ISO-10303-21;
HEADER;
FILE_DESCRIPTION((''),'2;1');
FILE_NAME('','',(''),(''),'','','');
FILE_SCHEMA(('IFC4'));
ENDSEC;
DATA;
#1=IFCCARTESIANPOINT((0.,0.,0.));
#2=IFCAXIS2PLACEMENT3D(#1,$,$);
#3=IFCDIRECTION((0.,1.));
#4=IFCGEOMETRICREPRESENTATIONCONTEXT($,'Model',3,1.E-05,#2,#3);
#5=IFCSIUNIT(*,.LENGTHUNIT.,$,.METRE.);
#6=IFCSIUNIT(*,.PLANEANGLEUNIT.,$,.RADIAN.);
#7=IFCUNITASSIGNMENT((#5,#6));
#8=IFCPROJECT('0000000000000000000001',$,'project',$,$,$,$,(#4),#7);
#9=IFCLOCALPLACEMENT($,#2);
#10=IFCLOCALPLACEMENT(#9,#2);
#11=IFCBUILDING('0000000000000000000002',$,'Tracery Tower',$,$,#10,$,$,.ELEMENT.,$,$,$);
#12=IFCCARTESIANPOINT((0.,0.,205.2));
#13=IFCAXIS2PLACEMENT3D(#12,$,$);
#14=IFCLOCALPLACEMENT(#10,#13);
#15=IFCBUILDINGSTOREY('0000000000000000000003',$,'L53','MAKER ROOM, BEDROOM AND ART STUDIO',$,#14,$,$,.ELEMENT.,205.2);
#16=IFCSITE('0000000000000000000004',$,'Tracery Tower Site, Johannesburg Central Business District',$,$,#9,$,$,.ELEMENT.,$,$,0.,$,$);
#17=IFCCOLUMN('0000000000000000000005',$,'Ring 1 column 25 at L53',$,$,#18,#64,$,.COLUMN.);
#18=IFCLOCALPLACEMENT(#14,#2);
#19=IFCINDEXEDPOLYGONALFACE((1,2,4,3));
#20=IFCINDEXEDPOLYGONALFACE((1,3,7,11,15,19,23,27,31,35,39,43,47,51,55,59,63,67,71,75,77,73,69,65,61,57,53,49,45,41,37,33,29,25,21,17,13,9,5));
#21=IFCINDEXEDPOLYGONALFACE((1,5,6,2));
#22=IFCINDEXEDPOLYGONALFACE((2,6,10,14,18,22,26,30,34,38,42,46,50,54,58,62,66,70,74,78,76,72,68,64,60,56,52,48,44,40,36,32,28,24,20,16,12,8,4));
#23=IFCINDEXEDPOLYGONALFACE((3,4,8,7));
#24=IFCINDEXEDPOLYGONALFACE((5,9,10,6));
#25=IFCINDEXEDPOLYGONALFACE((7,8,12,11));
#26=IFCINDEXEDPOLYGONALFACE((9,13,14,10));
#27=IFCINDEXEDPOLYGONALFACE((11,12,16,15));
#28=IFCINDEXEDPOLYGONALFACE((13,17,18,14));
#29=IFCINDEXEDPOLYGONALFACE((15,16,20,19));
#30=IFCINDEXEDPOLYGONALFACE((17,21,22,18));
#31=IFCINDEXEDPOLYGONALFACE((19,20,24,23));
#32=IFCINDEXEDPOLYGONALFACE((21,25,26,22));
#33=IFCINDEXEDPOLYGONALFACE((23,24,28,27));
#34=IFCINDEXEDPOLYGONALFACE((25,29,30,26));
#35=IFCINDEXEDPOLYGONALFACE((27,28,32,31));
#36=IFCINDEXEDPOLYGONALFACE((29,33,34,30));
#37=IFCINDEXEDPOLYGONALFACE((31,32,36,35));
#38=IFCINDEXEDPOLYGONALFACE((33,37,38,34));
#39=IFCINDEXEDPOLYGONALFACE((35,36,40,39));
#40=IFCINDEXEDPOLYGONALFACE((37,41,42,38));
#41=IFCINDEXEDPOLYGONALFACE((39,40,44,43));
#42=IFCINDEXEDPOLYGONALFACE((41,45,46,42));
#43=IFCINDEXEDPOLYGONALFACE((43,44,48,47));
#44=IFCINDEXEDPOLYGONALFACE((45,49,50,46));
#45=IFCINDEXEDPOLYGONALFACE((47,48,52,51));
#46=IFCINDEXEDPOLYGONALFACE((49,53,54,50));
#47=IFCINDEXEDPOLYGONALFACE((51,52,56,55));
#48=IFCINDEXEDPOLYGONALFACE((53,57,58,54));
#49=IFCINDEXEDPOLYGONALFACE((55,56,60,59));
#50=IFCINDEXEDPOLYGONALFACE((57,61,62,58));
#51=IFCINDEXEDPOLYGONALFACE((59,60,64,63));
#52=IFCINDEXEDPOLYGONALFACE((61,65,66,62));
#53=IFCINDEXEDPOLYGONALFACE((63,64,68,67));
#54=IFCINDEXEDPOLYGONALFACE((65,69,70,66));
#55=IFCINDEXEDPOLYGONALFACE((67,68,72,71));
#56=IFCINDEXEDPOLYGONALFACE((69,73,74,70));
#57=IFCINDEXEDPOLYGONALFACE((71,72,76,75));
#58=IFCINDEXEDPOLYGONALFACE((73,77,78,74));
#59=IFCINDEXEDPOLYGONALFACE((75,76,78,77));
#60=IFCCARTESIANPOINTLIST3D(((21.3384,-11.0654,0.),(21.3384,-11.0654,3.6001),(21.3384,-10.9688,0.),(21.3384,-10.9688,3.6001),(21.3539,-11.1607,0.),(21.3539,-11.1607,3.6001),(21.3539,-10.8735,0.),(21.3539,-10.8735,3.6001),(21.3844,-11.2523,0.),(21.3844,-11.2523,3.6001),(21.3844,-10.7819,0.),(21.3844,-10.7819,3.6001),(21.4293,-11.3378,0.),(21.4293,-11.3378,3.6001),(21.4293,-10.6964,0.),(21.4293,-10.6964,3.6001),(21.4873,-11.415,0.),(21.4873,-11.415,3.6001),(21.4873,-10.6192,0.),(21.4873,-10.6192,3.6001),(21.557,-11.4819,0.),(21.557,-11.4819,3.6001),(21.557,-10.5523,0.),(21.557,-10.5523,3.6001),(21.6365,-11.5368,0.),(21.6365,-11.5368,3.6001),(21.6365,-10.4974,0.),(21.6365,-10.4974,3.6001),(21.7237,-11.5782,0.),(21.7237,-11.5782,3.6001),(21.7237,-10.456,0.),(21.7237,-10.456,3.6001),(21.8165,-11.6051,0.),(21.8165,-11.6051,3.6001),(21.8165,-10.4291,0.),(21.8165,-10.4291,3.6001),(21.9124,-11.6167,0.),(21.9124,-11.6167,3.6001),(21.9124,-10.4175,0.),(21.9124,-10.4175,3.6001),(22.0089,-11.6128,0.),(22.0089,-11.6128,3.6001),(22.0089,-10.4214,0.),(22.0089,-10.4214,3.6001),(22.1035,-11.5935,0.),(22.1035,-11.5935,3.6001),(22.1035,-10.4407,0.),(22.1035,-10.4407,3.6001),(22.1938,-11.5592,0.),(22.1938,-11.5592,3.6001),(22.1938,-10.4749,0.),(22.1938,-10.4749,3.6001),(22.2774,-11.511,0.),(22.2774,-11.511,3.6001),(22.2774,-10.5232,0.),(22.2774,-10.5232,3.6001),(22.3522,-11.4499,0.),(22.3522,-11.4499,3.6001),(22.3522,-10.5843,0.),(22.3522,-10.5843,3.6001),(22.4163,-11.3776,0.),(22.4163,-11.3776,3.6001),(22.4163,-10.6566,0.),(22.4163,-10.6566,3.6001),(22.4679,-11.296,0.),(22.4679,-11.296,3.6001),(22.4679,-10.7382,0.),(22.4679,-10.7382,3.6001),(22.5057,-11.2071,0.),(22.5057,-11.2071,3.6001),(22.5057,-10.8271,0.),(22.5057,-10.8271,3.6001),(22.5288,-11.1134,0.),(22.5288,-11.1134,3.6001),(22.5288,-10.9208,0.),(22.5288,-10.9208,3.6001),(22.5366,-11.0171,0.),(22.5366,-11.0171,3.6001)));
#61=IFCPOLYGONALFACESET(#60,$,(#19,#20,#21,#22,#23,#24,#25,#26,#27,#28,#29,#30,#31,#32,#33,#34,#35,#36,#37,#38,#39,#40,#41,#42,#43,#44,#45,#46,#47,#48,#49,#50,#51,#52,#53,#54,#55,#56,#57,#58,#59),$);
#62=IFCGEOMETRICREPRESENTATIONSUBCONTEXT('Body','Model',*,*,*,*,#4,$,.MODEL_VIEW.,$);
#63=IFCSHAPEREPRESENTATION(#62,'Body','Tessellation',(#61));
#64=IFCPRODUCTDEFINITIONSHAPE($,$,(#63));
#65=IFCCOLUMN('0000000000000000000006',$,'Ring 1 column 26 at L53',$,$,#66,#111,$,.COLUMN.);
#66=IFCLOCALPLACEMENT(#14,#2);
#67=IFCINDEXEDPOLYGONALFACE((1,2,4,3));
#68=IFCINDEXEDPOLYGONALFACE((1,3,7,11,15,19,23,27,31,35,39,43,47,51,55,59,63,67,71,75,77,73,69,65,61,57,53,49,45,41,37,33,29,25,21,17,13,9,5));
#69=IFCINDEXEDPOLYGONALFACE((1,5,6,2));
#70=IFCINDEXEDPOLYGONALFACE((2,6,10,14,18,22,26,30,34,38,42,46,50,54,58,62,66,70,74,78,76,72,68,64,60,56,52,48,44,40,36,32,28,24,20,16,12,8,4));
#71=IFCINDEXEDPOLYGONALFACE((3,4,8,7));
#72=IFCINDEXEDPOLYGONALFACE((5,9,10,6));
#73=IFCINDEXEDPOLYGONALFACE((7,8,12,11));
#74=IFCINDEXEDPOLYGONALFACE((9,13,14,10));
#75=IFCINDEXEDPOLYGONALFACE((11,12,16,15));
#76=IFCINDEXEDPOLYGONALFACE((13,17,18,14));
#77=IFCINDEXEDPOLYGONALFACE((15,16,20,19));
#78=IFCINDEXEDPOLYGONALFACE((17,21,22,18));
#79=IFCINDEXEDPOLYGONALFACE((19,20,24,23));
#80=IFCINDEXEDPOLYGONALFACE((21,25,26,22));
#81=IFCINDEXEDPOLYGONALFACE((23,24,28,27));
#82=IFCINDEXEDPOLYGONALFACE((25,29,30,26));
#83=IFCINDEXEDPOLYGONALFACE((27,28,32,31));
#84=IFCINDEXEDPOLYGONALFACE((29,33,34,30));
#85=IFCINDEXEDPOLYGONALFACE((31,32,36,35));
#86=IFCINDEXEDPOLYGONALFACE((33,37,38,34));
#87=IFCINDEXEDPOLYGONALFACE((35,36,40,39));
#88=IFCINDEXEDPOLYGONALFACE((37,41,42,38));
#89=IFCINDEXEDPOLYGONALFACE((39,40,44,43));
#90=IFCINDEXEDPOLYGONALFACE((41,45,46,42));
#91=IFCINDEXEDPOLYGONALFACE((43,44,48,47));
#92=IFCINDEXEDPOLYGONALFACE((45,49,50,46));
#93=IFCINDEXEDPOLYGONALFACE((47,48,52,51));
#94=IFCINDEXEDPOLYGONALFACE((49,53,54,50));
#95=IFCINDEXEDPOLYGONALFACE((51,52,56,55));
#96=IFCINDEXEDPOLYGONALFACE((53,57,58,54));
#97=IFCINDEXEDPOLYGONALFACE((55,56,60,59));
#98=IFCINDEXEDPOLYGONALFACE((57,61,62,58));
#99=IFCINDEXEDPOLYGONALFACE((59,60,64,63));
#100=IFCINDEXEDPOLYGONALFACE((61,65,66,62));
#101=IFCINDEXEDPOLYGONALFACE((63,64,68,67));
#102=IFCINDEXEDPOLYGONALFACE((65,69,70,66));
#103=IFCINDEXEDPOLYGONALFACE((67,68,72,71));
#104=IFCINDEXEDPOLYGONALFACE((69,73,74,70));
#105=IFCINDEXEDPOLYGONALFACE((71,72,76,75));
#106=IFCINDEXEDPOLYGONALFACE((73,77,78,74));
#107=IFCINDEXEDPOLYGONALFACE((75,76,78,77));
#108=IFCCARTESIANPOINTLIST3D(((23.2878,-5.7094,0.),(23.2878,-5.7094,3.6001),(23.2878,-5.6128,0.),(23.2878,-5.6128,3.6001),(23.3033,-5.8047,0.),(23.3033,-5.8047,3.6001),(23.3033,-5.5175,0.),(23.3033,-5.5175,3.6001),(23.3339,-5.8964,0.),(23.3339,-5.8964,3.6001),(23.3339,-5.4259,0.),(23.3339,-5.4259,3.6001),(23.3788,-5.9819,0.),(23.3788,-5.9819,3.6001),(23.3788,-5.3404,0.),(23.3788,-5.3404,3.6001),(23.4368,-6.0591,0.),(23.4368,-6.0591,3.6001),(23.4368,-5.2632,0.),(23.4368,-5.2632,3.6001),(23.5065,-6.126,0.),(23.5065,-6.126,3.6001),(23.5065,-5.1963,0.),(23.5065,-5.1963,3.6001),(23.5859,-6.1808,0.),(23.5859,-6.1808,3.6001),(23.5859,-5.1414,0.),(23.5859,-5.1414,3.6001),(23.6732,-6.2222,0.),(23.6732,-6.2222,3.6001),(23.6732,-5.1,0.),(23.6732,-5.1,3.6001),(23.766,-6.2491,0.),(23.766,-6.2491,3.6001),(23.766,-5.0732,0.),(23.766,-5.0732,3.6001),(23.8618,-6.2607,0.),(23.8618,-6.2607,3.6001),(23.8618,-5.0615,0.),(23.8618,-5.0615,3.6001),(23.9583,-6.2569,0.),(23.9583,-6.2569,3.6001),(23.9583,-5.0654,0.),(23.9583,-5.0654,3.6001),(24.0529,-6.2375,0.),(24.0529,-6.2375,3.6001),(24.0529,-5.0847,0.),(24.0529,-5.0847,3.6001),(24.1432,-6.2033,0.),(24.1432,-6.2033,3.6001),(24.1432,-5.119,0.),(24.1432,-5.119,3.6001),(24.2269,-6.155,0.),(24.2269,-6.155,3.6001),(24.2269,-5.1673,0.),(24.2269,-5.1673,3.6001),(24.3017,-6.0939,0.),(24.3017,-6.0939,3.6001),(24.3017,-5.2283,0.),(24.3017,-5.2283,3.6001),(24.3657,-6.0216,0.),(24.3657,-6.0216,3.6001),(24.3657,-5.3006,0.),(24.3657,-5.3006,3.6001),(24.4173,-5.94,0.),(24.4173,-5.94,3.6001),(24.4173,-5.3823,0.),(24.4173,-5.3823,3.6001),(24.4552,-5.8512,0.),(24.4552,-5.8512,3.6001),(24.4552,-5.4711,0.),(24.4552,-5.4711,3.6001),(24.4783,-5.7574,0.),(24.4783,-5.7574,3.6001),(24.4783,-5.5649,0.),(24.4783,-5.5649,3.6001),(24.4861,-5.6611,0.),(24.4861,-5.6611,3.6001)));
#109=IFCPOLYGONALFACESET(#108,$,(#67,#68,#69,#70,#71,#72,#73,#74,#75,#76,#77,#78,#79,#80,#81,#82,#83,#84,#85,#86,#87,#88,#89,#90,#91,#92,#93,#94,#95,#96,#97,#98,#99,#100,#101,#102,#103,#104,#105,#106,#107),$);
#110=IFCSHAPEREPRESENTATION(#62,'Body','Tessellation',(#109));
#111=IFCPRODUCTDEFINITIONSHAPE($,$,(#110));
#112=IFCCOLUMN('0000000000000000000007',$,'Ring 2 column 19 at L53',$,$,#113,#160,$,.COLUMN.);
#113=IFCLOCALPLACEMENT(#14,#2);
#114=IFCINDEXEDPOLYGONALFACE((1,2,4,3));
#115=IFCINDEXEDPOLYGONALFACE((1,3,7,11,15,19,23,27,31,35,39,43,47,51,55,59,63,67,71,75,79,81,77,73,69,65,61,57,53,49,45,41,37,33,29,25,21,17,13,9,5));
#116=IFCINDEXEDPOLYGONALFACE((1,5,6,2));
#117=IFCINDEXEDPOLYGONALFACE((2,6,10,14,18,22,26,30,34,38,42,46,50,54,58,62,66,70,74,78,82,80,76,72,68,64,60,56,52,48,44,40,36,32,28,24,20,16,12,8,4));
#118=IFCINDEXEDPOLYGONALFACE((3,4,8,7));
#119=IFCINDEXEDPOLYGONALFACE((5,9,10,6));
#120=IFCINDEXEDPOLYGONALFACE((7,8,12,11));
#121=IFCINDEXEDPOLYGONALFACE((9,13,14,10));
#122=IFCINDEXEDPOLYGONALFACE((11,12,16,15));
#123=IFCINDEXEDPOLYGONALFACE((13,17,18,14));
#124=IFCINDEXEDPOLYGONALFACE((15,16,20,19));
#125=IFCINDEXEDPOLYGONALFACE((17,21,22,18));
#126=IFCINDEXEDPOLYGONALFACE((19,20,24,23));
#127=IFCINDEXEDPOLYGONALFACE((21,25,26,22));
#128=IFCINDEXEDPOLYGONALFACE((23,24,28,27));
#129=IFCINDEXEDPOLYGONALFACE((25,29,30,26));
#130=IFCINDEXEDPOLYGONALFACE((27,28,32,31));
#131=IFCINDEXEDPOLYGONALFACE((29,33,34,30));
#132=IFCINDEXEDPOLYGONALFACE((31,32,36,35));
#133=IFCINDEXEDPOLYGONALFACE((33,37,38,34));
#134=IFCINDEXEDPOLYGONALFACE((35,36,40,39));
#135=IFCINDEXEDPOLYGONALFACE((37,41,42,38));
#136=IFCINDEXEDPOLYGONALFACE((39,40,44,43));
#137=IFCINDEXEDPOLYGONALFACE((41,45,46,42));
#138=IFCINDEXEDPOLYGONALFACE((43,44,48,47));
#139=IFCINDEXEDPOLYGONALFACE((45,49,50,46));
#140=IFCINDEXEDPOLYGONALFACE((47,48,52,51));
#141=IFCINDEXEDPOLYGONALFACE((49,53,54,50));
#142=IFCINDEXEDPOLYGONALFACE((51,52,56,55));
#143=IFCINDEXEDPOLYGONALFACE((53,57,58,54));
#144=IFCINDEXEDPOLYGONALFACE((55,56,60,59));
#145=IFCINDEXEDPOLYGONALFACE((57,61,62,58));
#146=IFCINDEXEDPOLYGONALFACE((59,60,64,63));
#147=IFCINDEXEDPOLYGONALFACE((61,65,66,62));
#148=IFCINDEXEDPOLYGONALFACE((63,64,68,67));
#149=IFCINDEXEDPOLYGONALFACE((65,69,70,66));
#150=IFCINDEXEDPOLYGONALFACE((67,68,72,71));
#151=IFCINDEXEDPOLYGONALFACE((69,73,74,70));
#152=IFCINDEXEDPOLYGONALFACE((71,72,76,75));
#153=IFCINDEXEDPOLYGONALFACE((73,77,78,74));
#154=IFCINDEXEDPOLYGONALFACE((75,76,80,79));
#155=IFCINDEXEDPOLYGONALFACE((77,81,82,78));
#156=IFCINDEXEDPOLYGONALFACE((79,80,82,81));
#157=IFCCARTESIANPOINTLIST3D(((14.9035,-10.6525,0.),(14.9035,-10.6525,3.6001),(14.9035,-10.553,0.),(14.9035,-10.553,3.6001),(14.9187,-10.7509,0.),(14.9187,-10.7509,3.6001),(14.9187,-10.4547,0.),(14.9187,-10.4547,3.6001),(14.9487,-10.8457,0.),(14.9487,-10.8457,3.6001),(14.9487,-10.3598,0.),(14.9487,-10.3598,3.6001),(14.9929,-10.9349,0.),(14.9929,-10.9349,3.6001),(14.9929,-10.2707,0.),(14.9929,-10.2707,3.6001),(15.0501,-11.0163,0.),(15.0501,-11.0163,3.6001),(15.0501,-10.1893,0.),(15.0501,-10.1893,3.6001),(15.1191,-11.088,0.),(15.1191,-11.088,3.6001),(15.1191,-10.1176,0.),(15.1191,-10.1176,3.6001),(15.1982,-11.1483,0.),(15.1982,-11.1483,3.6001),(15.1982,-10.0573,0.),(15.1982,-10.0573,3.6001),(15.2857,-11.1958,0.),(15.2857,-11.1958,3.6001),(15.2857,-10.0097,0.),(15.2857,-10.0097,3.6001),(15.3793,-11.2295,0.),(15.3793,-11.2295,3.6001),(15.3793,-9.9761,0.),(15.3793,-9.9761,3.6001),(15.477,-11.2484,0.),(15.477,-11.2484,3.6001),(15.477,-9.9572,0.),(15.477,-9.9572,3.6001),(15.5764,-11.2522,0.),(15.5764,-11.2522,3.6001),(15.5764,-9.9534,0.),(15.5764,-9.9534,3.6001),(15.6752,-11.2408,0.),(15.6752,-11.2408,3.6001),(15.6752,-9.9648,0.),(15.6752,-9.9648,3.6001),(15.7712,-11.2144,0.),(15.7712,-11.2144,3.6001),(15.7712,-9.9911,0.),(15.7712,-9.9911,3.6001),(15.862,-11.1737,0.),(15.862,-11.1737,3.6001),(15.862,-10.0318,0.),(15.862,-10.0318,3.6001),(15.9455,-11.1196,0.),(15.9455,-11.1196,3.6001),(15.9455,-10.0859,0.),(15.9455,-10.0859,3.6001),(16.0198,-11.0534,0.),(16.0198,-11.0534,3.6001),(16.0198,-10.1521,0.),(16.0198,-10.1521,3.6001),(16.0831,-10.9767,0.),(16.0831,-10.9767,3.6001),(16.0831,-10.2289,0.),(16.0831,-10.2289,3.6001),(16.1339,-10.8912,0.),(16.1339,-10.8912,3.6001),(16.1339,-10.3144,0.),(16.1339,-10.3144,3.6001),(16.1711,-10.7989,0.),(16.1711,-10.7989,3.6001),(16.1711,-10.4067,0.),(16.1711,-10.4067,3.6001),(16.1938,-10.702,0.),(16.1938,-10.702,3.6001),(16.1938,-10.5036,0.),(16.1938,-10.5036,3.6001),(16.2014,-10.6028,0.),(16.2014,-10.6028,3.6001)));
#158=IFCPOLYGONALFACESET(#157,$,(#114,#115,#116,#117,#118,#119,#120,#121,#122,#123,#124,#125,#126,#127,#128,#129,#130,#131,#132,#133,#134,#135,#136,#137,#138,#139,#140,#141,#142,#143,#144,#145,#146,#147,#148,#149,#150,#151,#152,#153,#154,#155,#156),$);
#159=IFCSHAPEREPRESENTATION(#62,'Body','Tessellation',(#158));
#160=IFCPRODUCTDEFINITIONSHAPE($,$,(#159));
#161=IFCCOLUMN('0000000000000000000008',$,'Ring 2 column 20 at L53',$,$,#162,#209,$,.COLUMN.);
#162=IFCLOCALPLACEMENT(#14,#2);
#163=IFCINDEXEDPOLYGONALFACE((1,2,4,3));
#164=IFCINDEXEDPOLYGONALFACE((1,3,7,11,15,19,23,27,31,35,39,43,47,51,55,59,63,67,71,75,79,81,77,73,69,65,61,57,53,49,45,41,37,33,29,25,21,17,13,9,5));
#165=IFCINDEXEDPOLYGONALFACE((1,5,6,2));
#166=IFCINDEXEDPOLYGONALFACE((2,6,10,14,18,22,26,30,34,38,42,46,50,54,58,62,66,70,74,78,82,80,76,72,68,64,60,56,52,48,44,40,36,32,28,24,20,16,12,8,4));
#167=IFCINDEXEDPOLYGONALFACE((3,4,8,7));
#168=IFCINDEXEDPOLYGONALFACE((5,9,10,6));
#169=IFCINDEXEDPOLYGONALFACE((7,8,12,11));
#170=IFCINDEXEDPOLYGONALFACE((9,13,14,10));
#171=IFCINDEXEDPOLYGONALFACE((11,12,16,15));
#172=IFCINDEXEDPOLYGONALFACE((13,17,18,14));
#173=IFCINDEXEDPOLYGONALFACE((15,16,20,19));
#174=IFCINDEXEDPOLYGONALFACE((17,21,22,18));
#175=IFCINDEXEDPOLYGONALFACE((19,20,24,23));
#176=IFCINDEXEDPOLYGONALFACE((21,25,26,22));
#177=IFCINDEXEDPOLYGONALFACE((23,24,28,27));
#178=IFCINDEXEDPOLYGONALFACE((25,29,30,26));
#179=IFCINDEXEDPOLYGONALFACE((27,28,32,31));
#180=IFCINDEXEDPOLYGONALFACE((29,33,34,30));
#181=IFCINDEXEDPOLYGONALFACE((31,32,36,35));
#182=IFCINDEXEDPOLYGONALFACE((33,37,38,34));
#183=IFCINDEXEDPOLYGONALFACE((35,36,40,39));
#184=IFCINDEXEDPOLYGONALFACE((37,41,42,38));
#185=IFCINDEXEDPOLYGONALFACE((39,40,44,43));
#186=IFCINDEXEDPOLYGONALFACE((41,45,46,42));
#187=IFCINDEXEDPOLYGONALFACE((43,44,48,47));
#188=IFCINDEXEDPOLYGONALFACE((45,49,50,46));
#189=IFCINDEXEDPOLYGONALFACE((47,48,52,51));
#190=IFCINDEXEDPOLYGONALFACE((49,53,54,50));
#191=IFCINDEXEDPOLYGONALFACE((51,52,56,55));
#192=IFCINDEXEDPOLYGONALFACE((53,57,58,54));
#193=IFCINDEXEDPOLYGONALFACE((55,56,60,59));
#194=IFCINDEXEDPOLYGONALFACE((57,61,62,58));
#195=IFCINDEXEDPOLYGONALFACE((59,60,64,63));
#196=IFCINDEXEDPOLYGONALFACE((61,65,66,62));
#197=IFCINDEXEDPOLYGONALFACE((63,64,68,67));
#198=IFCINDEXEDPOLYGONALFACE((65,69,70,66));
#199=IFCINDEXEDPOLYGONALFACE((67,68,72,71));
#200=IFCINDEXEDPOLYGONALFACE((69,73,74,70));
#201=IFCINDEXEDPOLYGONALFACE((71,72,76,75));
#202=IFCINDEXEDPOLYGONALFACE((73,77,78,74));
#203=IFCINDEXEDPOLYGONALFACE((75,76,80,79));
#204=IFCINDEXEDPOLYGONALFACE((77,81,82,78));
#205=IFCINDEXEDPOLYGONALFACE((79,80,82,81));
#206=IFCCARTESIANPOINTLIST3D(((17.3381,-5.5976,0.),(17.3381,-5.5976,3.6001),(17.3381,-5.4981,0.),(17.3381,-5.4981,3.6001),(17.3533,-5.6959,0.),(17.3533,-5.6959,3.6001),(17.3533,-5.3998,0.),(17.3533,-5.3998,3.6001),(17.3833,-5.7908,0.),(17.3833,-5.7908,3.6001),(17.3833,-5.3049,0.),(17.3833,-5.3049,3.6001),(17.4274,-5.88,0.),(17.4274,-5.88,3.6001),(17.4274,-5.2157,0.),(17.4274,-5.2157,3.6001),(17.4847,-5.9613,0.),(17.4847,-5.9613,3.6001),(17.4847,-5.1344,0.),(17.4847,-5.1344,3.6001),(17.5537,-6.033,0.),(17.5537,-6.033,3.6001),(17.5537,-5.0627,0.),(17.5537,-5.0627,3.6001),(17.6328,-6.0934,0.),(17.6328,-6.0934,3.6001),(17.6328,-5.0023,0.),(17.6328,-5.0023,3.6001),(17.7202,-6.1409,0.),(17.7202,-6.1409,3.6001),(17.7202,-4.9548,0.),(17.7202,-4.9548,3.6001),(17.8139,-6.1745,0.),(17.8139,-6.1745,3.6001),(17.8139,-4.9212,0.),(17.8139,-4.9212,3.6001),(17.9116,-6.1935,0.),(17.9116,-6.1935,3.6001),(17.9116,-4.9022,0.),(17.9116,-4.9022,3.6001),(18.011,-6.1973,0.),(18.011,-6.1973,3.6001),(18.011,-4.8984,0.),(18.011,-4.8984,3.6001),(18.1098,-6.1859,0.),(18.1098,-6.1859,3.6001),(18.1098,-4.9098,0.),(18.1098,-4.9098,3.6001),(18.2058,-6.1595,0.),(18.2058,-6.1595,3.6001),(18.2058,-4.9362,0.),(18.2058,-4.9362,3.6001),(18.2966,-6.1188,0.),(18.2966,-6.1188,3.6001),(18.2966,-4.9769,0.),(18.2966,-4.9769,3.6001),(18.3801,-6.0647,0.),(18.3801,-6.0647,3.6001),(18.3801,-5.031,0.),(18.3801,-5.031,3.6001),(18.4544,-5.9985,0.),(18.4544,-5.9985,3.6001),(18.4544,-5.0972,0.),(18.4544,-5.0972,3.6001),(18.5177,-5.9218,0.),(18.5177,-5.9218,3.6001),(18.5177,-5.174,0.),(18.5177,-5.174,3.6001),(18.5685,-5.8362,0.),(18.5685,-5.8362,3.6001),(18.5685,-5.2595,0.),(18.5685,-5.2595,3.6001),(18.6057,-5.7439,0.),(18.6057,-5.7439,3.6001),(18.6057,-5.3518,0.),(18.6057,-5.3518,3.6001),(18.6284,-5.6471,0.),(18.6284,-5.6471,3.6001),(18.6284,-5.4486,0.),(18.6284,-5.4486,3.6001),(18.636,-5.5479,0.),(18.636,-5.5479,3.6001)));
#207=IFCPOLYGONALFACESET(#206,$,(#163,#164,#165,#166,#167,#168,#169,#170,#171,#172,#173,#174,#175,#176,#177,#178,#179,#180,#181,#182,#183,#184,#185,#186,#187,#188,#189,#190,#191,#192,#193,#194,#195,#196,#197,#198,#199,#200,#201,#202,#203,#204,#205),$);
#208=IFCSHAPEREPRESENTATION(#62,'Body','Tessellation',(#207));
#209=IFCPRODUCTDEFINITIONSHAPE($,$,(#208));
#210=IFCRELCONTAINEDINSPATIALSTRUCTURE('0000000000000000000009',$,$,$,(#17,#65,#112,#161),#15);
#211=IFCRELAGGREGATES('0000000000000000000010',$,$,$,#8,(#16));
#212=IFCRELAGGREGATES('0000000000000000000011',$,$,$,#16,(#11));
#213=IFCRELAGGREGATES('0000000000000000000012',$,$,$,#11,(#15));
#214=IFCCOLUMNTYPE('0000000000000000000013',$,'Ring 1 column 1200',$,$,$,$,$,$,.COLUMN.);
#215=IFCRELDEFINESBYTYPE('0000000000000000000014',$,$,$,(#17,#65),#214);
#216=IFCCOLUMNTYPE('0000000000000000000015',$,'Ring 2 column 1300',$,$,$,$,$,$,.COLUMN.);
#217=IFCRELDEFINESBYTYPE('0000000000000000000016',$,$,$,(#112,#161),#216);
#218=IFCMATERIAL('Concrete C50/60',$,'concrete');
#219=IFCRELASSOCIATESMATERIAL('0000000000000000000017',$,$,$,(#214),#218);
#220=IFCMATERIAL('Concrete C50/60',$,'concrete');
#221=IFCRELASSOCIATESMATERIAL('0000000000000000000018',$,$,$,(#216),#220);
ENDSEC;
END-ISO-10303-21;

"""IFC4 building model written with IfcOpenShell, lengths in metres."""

from ifc_helpers import new_model, si_unit, direction, frame, origin, origin_2d, place, context, subcontext, project, spatial, circle, extrude, material, material_profile, profile_set, type_object, element, save


model = new_model("IFC4")

# Units and contexts
model_context = context("Model", 3, precision=1e-05, world=origin(), true_north=direction((0.0, 1.0)))
body_context = subcontext(model_context, "Body", "Model", "MODEL_VIEW")
ifc_project = project(units=[si_unit("LENGTHUNIT", "METRE"), si_unit("PLANEANGLEUNIT", "RADIAN")], contexts=[model_context])

# Site, building, storey
site_placement = place(None, origin())
site = spatial("IfcSite", under=ifc_project, at=site_placement, Name="Tracery Tower Site, Johannesburg Central Business District", CompositionType="ELEMENT", RefElevation=0.0)
building_placement = place(site_placement, origin())
building = spatial("IfcBuilding", under=site, at=building_placement, Name="Tracery Tower", CompositionType="ELEMENT")
storey_placement = place(building_placement, frame((0.0, 0.0, 205.2)))
storey = spatial("IfcBuildingStorey", under=building, at=storey_placement, Name="L53", Description="MAKER ROOM, BEDROOM AND ART STUDIO", CompositionType="ELEMENT", Elevation=205.2)

# Columns
ifc_material_1 = material(Name="Concrete C50/60", Category="concrete")
ifc_material_profile_1 = material_profile(ifc_material_1, circle(Radius=0.6001, at=origin_2d()), Name="RC D1200")
ifc_profile_set_1 = profile_set([ifc_material_profile_1], Name="Concrete C50/60")
column_type_1 = type_object("IfcColumnType", Name="Ring 1 column 1200", PredefinedType="COLUMN", material=ifc_profile_set_1)
for number, where, z_axis, x_axis, name in (
    (1, (21.9365, -11.0171, 0.0), (0.0, 0.0, 1.0), (1.0, 0.0, 0.0), "Ring 1 column 25 at L53"),
    (2, (23.886, -5.6611, 0.0), (0.0, 0.0, 1.0), (1.0, 0.0, 0.0), "Ring 1 column 26 at L53"),
):
    element("IfcColumn", number, at=place(storey_placement, frame(where, z_axis=z_axis, x_axis=x_axis)), inside=storey, type_object=column_type_1, Name=name, PredefinedType="COLUMN", context=body_context, shape_type="SweptSolid", body=[
        extrude(circle(Radius=0.6001, at=origin_2d()), origin(), (0.0, 0.0, 1.0), 3.6001),
    ])
ifc_material_2 = material(Name="Concrete C50/60", Category="concrete")
ifc_material_profile_2 = material_profile(ifc_material_2, circle(Radius=0.6499, at=origin_2d()), Name="RC D1300")
ifc_profile_set_2 = profile_set([ifc_material_profile_2], Name="Concrete C50/60")
column_type_2 = type_object("IfcColumnType", Name="Ring 2 column 1300", PredefinedType="COLUMN", material=ifc_profile_set_2)
for number, where, z_axis, x_axis, name in (
    (3, (15.5515, -10.6028, 0.0), (0.0, 0.0, 1.0), (1.0, 0.0, 0.0), "Ring 2 column 19 at L53"),
    (4, (17.9861, -5.5479, 0.0), (0.0, 0.0, 1.0), (1.0, 0.0, 0.0), "Ring 2 column 20 at L53"),
):
    element("IfcColumn", number, at=place(storey_placement, frame(where, z_axis=z_axis, x_axis=x_axis)), inside=storey, type_object=column_type_2, Name=name, PredefinedType="COLUMN", context=body_context, shape_type="SweptSolid", body=[
        extrude(circle(Radius=0.6499, at=origin_2d()), origin(), (0.0, 0.0, 1.0), 3.6001),
    ])

save(model, "model.ifc")
